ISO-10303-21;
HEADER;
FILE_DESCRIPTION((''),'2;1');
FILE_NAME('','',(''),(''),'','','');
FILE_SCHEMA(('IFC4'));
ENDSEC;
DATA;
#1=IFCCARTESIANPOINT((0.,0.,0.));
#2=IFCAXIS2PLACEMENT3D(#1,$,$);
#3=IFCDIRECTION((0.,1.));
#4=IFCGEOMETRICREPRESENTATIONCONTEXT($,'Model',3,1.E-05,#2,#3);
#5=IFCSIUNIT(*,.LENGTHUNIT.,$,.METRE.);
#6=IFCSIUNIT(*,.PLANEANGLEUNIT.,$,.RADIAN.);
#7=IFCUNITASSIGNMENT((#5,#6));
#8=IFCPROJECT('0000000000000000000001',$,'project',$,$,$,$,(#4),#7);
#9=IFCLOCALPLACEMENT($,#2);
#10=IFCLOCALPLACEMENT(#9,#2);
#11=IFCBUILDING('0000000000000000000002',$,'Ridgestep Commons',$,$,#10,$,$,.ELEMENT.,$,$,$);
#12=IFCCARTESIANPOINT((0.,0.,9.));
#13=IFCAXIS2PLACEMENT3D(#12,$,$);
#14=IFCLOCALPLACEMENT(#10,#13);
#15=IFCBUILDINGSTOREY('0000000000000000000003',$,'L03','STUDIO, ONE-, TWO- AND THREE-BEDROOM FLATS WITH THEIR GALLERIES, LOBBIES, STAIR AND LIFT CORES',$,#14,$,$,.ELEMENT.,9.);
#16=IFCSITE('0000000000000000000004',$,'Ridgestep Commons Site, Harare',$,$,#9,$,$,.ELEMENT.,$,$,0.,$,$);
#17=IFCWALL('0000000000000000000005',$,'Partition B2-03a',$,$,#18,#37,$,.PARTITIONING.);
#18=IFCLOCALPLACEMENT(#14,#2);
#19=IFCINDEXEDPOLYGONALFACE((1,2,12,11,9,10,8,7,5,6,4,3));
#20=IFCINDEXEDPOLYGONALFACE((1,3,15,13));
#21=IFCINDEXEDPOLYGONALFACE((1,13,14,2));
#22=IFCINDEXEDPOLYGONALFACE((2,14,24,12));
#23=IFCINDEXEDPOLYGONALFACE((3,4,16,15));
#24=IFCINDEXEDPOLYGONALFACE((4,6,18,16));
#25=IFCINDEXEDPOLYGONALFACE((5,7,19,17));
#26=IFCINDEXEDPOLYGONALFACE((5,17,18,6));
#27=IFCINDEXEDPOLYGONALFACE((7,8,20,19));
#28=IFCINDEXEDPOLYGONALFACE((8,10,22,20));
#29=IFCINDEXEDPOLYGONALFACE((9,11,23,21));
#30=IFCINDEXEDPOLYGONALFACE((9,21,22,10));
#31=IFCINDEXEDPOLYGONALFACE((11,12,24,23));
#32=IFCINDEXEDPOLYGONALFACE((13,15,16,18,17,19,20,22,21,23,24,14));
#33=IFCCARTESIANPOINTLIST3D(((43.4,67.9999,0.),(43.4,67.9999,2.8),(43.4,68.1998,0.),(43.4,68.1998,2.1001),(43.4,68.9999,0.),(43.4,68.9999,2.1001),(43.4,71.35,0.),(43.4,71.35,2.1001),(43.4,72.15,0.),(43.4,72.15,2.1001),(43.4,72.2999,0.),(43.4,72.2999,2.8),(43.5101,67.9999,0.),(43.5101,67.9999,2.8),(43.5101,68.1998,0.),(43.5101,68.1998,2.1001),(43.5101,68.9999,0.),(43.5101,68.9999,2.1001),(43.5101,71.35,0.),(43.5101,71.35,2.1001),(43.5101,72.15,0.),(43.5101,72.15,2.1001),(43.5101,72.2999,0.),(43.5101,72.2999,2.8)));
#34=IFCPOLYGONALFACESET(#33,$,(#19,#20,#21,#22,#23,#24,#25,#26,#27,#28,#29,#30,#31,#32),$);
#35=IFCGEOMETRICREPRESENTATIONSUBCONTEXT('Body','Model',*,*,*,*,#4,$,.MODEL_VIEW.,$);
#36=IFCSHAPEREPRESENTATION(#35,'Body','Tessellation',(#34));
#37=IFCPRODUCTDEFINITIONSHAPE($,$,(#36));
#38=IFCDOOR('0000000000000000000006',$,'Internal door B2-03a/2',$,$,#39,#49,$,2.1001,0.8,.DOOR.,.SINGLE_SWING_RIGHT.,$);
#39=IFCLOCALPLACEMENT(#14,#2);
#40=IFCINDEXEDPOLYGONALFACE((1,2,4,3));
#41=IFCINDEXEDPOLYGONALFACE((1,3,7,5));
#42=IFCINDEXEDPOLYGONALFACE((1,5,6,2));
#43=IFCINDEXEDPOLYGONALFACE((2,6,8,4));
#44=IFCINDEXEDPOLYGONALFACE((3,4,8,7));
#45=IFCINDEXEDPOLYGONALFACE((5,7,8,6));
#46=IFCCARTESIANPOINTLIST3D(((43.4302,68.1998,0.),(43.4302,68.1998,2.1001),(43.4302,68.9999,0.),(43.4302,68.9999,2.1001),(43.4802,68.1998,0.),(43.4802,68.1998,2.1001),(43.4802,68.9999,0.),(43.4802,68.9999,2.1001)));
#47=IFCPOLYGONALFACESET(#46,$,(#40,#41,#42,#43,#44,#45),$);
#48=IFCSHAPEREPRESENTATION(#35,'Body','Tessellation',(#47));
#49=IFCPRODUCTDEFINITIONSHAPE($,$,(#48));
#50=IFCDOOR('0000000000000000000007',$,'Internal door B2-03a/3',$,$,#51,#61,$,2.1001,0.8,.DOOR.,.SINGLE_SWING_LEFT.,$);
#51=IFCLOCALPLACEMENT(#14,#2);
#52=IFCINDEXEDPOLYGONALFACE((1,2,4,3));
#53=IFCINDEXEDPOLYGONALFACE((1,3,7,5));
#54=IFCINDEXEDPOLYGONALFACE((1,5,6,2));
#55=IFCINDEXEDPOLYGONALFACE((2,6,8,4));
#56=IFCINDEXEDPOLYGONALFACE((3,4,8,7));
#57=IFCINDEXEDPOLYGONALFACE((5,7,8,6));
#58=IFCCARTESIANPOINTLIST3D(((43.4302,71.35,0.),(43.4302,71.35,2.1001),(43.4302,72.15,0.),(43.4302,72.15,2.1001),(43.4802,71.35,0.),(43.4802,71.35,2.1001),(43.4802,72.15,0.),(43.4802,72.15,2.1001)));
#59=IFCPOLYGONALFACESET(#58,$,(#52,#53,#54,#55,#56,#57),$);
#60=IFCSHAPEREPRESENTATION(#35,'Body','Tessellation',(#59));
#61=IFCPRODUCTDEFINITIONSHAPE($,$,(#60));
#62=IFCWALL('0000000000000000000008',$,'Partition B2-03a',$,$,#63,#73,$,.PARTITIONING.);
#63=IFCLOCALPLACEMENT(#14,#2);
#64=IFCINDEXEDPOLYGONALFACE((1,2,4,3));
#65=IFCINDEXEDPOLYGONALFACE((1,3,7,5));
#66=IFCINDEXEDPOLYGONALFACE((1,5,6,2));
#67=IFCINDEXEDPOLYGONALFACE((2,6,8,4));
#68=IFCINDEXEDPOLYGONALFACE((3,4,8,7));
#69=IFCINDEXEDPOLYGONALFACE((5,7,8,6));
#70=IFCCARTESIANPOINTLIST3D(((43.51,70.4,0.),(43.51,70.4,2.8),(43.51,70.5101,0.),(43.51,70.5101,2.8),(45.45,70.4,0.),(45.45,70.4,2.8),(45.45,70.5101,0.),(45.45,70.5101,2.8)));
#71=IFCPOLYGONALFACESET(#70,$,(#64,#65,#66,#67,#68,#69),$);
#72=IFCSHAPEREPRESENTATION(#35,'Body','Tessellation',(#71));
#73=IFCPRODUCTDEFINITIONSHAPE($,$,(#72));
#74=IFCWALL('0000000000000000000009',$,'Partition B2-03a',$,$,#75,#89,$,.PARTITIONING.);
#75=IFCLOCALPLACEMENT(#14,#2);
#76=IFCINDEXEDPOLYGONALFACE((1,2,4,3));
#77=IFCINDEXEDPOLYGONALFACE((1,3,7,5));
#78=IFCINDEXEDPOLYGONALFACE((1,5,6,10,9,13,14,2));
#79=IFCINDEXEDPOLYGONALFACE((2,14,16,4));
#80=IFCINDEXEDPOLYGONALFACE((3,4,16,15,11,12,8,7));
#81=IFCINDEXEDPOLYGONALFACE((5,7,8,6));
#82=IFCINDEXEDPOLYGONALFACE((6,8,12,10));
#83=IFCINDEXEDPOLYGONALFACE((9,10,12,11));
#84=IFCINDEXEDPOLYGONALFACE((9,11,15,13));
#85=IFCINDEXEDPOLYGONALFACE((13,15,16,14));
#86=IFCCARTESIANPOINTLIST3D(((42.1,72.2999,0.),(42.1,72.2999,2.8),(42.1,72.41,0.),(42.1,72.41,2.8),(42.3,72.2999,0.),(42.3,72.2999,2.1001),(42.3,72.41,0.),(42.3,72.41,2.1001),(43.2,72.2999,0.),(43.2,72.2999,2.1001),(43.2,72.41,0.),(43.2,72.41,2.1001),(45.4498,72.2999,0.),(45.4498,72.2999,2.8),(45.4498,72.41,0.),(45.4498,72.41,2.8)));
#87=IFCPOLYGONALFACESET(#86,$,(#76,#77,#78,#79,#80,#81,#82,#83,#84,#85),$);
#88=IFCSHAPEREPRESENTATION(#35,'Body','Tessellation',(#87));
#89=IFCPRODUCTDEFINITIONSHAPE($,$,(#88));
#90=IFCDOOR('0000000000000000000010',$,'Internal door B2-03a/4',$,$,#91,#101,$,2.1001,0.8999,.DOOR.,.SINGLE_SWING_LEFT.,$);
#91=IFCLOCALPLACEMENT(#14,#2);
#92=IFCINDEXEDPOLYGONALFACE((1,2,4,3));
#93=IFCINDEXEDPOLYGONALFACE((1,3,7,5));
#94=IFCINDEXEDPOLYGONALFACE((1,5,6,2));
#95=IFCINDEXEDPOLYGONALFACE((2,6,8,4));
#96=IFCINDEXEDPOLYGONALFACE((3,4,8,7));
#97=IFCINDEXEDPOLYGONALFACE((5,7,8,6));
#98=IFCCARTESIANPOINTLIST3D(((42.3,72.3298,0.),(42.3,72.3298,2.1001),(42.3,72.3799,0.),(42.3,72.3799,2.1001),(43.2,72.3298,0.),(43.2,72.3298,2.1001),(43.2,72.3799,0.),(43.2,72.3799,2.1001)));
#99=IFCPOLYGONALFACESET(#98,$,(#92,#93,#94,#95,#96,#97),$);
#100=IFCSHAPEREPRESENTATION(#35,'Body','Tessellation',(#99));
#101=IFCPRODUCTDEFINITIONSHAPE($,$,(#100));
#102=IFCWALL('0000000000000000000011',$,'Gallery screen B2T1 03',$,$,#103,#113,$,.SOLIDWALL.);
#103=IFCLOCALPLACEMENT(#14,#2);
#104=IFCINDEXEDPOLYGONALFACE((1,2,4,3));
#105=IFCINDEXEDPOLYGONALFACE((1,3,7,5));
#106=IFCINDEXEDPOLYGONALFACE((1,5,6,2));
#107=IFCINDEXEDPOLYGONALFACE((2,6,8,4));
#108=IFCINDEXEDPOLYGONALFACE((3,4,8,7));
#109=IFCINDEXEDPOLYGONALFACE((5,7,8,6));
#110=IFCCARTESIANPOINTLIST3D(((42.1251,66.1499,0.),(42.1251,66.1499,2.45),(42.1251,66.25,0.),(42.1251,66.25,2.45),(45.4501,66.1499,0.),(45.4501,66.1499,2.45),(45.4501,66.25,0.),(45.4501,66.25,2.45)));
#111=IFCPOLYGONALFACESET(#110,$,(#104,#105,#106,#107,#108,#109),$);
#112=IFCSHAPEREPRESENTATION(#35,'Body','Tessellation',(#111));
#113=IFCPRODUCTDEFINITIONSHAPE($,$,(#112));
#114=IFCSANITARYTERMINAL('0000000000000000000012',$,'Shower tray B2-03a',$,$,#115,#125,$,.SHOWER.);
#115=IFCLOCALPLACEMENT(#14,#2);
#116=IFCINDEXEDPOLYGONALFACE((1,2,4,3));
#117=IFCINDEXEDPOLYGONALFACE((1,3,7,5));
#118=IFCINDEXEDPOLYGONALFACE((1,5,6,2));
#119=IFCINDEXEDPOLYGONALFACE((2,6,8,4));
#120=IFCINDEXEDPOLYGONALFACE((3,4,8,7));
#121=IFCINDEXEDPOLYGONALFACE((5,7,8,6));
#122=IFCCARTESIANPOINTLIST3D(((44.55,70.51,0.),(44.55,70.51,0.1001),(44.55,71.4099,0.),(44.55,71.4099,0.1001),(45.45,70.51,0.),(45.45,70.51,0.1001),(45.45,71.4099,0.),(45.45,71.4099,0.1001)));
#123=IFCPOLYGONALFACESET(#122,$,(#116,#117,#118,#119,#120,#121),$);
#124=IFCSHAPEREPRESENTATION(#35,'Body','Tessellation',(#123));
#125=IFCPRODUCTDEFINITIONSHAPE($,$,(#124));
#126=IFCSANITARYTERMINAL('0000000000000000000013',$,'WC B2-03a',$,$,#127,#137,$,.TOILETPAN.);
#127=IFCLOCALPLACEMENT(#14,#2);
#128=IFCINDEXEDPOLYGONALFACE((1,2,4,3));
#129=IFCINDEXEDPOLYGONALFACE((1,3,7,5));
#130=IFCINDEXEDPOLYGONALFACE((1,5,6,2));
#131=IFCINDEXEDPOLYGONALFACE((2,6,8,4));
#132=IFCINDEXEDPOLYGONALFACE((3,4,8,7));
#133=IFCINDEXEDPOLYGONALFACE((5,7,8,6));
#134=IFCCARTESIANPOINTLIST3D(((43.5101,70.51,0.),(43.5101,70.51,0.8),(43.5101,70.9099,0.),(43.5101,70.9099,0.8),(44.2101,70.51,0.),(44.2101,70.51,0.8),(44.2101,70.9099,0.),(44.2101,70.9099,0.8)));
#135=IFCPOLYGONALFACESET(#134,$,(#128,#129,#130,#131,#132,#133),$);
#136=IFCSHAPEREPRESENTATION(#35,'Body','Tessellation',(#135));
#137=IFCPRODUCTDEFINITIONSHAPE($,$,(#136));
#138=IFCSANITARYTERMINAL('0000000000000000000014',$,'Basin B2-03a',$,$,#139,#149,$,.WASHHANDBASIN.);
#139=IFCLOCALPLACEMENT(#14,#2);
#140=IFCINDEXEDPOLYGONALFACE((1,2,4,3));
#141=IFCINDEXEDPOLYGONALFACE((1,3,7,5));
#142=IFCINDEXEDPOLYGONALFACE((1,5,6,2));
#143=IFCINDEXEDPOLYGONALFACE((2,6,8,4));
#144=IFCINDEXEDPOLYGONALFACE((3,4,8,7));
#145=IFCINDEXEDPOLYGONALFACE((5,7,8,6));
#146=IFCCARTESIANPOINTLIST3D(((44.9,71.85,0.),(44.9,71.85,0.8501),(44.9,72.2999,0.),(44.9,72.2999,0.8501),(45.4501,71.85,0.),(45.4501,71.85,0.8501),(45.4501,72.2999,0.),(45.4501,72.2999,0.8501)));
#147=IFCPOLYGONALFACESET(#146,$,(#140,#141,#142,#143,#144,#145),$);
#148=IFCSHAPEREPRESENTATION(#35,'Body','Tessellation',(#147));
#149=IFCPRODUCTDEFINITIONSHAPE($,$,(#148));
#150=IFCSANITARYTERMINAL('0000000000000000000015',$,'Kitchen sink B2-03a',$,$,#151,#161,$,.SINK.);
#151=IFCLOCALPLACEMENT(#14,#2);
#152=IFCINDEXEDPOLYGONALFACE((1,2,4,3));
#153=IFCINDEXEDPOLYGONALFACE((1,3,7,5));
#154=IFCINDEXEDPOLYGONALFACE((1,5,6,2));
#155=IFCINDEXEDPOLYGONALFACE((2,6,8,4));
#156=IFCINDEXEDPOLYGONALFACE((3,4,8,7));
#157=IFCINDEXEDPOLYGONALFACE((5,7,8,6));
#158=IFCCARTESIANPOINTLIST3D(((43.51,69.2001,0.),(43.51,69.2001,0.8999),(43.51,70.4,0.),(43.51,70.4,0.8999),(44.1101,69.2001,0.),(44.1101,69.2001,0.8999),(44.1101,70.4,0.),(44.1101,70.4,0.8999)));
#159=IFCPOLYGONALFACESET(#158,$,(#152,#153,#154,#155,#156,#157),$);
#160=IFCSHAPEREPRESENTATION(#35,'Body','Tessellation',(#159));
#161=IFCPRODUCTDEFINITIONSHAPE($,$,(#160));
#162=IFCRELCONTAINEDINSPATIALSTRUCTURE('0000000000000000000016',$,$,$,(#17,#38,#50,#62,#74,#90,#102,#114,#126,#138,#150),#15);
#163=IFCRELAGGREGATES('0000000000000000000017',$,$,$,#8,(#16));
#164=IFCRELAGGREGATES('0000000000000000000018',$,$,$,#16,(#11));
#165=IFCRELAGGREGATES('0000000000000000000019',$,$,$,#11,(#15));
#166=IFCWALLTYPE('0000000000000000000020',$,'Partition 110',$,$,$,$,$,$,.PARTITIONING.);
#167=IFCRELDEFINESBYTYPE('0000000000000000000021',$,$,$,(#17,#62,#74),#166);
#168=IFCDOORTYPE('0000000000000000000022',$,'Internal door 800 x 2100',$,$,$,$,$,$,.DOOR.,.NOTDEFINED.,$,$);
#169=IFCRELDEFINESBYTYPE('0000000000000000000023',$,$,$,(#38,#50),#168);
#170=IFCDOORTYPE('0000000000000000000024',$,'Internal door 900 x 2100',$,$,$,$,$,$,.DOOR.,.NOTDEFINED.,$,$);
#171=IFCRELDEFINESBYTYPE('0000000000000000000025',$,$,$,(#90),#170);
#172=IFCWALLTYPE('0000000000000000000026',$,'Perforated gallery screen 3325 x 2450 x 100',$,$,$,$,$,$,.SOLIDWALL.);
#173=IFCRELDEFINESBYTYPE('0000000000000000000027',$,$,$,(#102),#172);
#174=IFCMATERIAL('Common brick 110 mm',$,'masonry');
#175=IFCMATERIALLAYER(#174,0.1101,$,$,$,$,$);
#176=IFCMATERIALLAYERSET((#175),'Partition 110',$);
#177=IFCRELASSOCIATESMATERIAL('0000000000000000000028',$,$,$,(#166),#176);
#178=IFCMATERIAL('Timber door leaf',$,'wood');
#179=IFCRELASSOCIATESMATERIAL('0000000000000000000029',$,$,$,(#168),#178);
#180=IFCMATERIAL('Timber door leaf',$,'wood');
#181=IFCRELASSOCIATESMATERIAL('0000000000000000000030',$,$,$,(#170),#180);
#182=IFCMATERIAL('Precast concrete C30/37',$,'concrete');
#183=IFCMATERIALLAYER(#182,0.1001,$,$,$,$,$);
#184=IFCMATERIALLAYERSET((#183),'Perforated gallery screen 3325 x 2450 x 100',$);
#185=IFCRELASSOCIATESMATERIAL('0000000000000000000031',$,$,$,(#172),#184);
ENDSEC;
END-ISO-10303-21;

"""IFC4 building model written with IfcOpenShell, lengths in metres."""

from ifc_helpers import new_model, si_unit, direction, frame, frame_2d, origin, origin_2d, place, context, subcontext, project, spatial, rectangle, extrude, material, layer, layer_set, type_object, element, fill, save


model = new_model("IFC4")

# Units and contexts
model_context = context("Model", 3, precision=1e-05, world=origin(), true_north=direction((0.0, 1.0)))
body_context = subcontext(model_context, "Body", "Model", "MODEL_VIEW")
ifc_project = project(units=[si_unit("LENGTHUNIT", "METRE"), si_unit("PLANEANGLEUNIT", "RADIAN")], contexts=[model_context])

# Site, building, storey
site_placement = place(None, origin())
site = spatial("IfcSite", under=ifc_project, at=site_placement, Name="Ridgestep Commons Site, Harare", CompositionType="ELEMENT", RefElevation=0.0)
building_placement = place(site_placement, origin())
building = spatial("IfcBuilding", under=site, at=building_placement, Name="Ridgestep Commons", CompositionType="ELEMENT")
storey_placement = place(building_placement, frame((0.0, 0.0, 9.0)))
storey = spatial("IfcBuildingStorey", under=building, at=storey_placement, Name="L03", Description="STUDIO, ONE-, TWO- AND THREE-BEDROOM FLATS WITH THEIR GALLERIES, LOBBIES, STAIR AND LIFT CORES", CompositionType="ELEMENT", Elevation=9.0)

# Wall, openings, doors
ifc_material_1 = material(Name="Common brick 110 mm", Category="masonry")
ifc_layer_1 = layer(ifc_material_1, 0.1101)
ifc_layer_set_1 = layer_set([ifc_layer_1], Name="Partition 110")
wall_type_1 = type_object("IfcWallType", Name="Partition 110", PredefinedType="PARTITIONING", material=ifc_layer_set_1)
wall_1_placement = place(storey_placement, frame((43.4551, 68.0, 0.0), z_axis=(0.0, 0.0, 1.0), x_axis=(0.0, 1.0, 0.0)))
wall_1 = element("IfcWall", 1, at=wall_1_placement, inside=storey, type_object=wall_type_1, Name="Partition B2-03a", PredefinedType="PARTITIONING", context=body_context, shape_type="SweptSolid", body=[
    extrude(rectangle(XDim=4.3, YDim=0.1101, at=frame_2d((2.1499, 0.0))), origin(), (0.0, 0.0, 1.0), 2.8),
])
opening_1_placement = place(wall_1_placement, frame((0.2, 0.0, 0.0)))
opening_1 = element("IfcOpeningElement", 2, at=opening_1_placement, cuts=wall_1, PredefinedType="OPENING", context=body_context, shape_type="SweptSolid", body=[
    extrude(rectangle(XDim=0.8, YDim=2.1001, at=frame_2d((0.3999, 1.05))), frame((0.0, 0.0649, 0.0), z_axis=(0.0, -1.0, 0.0), x_axis=(1.0, 0.0, 0.0)), (0.0, 0.0, 1.0), 0.1301),
])
opening_2_placement = place(wall_1_placement, frame((3.3501, 0.0, 0.0)))
opening_2 = element("IfcOpeningElement", 3, at=opening_2_placement, cuts=wall_1, PredefinedType="OPENING", context=body_context, shape_type="SweptSolid", body=[
    extrude(rectangle(XDim=0.8, YDim=2.1001, at=frame_2d((0.3999, 1.05))), frame((0.0, 0.0649, 0.0), z_axis=(0.0, -1.0, 0.0), x_axis=(1.0, 0.0, 0.0)), (0.0, 0.0, 1.0), 0.1301),
])
ifc_material_2 = material(Name="Timber door leaf", Category="wood")
door_type_1 = type_object("IfcDoorType", Name="Internal door 800 x 2100", OperationType="NOTDEFINED", PredefinedType="DOOR", material=ifc_material_2)
door_1_placement = place(opening_1_placement, origin())
door_1 = element("IfcDoor", 4, at=door_1_placement, inside=storey, type_object=door_type_1, Name="Internal door B2-03a/2", OperationType="SINGLE_SWING_RIGHT", OverallHeight=2.1001, OverallWidth=0.8, PredefinedType="DOOR", context=body_context, shape_type="SweptSolid", body=[
    extrude(rectangle(XDim=0.8, YDim=2.1001, at=frame_2d((0.3999, 1.05))), frame((0.0, 0.0249, 0.0), z_axis=(0.0, -1.0, 0.0), x_axis=(1.0, 0.0, 0.0)), (0.0, 0.0, 1.0), 0.05),
])
fill(opening_1, door_1)
door_2_placement = place(opening_2_placement, origin())
door_2 = element("IfcDoor", 5, at=door_2_placement, inside=storey, type_object=door_type_1, Name="Internal door B2-03a/3", OperationType="SINGLE_SWING_LEFT", OverallHeight=2.1001, OverallWidth=0.8, PredefinedType="DOOR", context=body_context, shape_type="SweptSolid", body=[
    extrude(rectangle(XDim=0.8, YDim=2.1001, at=frame_2d((0.3999, 1.05))), frame((0.0, 0.0249, 0.0), z_axis=(0.0, -1.0, 0.0), x_axis=(1.0, 0.0, 0.0)), (0.0, 0.0, 1.0), 0.05),
])
fill(opening_2, door_2)

# Wall
wall_2_placement = place(storey_placement, frame((43.51, 70.4551, 0.0), z_axis=(0.0, 0.0, 1.0), x_axis=(1.0, 0.0, 0.0)))
element("IfcWall", 6, at=wall_2_placement, inside=storey, type_object=wall_type_1, Name="Partition B2-03a", PredefinedType="PARTITIONING", context=body_context, shape_type="SweptSolid", body=[
    extrude(rectangle(XDim=1.9399, YDim=0.1101, at=frame_2d((0.97, 0.0))), origin(), (0.0, 0.0, 1.0), 2.8),
])

# Wall, opening, door
wall_3_placement = place(storey_placement, frame((42.1001, 72.355, 0.0), z_axis=(0.0, 0.0, 1.0), x_axis=(1.0, 0.0, 0.0)))
wall_3 = element("IfcWall", 7, at=wall_3_placement, inside=storey, type_object=wall_type_1, Name="Partition B2-03a", PredefinedType="PARTITIONING", context=body_context, shape_type="SweptSolid", body=[
    extrude(rectangle(XDim=3.3499, YDim=0.1101, at=frame_2d((1.6748, 0.0))), origin(), (0.0, 0.0, 1.0), 2.8),
])
opening_3_placement = place(wall_3_placement, frame((0.2, 0.0, 0.0)))
opening_3 = element("IfcOpeningElement", 8, at=opening_3_placement, cuts=wall_3, PredefinedType="OPENING", context=body_context, shape_type="SweptSolid", body=[
    extrude(rectangle(XDim=0.8999, YDim=2.1001, at=frame_2d((0.45, 1.05))), frame((0.0, 0.0649, 0.0), z_axis=(0.0, -1.0, 0.0), x_axis=(1.0, 0.0, 0.0)), (0.0, 0.0, 1.0), 0.1301),
])
ifc_material_3 = material(Name="Timber door leaf", Category="wood")
door_type_2 = type_object("IfcDoorType", Name="Internal door 900 x 2100", OperationType="NOTDEFINED", PredefinedType="DOOR", material=ifc_material_3)
door_3_placement = place(opening_3_placement, origin())
door_3 = element("IfcDoor", 9, at=door_3_placement, inside=storey, type_object=door_type_2, Name="Internal door B2-03a/4", OperationType="SINGLE_SWING_LEFT", OverallHeight=2.1001, OverallWidth=0.8999, PredefinedType="DOOR", context=body_context, shape_type="SweptSolid", body=[
    extrude(rectangle(XDim=0.8999, YDim=2.1001, at=frame_2d((0.45, 1.05))), frame((0.0, 0.0249, 0.0), z_axis=(0.0, -1.0, 0.0), x_axis=(1.0, 0.0, 0.0)), (0.0, 0.0, 1.0), 0.05),
])
fill(opening_3, door_3)

# Wall
ifc_material_4 = material(Name="Precast concrete C30/37", Category="concrete")
ifc_layer_2 = layer(ifc_material_4, 0.1001)
ifc_layer_set_2 = layer_set([ifc_layer_2], Name="Perforated gallery screen 3325 x 2450 x 100")
wall_type_2 = type_object("IfcWallType", Name="Perforated gallery screen 3325 x 2450 x 100", PredefinedType="SOLIDWALL", material=ifc_layer_set_2)
wall_4_placement = place(storey_placement, frame((42.125, 66.2, 0.0), z_axis=(0.0, 0.0, 1.0), x_axis=(1.0, 0.0, 0.0)))
element("IfcWall", 10, at=wall_4_placement, inside=storey, type_object=wall_type_2, Name="Gallery screen B2T1 03", PredefinedType="SOLIDWALL", context=body_context, shape_type="SweptSolid", body=[
    extrude(rectangle(XDim=3.325, YDim=0.1001, at=frame_2d((1.6626, 0.0))), origin(), (0.0, 0.0, 1.0), 2.45),
])

# Sanitary terminals
sanitary_terminal_1_placement = place(storey_placement, frame((45.0, 70.96, 0.0), z_axis=(0.0, 0.0, 1.0), x_axis=(1.0, 0.0, 0.0)))
element("IfcSanitaryTerminal", 11, at=sanitary_terminal_1_placement, inside=storey, Name="Shower tray B2-03a", PredefinedType="SHOWER", context=body_context, shape_type="SweptSolid", body=[
    extrude(rectangle(XDim=0.8999, YDim=0.8999, at=origin_2d()), origin(), (0.0, 0.0, 1.0), 0.1001),
])
sanitary_terminal_2_placement = place(storey_placement, frame((43.8601, 70.71, 0.0), z_axis=(0.0, 0.0, 1.0), x_axis=(1.0, 0.0, 0.0)))
element("IfcSanitaryTerminal", 12, at=sanitary_terminal_2_placement, inside=storey, Name="WC B2-03a", PredefinedType="TOILETPAN", context=body_context, shape_type="SweptSolid", body=[
    extrude(rectangle(XDim=0.7, YDim=0.3999, at=origin_2d()), origin(), (0.0, 0.0, 1.0), 0.8),
])
sanitary_terminal_3_placement = place(storey_placement, frame((45.175, 72.075, 0.0), z_axis=(0.0, 0.0, 1.0), x_axis=(1.0, 0.0, 0.0)))
element("IfcSanitaryTerminal", 13, at=sanitary_terminal_3_placement, inside=storey, Name="Basin B2-03a", PredefinedType="WASHHANDBASIN", context=body_context, shape_type="SweptSolid", body=[
    extrude(rectangle(XDim=0.55, YDim=0.45, at=origin_2d()), origin(), (0.0, 0.0, 1.0), 0.8501),
])
sanitary_terminal_4_placement = place(storey_placement, frame((43.8101, 69.8, 0.0), z_axis=(0.0, 0.0, 1.0), x_axis=(1.0, 0.0, 0.0)))
element("IfcSanitaryTerminal", 14, at=sanitary_terminal_4_placement, inside=storey, Name="Kitchen sink B2-03a", PredefinedType="SINK", context=body_context, shape_type="SweptSolid", body=[
    extrude(rectangle(XDim=0.6001, YDim=1.2, at=origin_2d()), origin(), (0.0, 0.0, 1.0), 0.8999),
])

save(model, "model.ifc")
